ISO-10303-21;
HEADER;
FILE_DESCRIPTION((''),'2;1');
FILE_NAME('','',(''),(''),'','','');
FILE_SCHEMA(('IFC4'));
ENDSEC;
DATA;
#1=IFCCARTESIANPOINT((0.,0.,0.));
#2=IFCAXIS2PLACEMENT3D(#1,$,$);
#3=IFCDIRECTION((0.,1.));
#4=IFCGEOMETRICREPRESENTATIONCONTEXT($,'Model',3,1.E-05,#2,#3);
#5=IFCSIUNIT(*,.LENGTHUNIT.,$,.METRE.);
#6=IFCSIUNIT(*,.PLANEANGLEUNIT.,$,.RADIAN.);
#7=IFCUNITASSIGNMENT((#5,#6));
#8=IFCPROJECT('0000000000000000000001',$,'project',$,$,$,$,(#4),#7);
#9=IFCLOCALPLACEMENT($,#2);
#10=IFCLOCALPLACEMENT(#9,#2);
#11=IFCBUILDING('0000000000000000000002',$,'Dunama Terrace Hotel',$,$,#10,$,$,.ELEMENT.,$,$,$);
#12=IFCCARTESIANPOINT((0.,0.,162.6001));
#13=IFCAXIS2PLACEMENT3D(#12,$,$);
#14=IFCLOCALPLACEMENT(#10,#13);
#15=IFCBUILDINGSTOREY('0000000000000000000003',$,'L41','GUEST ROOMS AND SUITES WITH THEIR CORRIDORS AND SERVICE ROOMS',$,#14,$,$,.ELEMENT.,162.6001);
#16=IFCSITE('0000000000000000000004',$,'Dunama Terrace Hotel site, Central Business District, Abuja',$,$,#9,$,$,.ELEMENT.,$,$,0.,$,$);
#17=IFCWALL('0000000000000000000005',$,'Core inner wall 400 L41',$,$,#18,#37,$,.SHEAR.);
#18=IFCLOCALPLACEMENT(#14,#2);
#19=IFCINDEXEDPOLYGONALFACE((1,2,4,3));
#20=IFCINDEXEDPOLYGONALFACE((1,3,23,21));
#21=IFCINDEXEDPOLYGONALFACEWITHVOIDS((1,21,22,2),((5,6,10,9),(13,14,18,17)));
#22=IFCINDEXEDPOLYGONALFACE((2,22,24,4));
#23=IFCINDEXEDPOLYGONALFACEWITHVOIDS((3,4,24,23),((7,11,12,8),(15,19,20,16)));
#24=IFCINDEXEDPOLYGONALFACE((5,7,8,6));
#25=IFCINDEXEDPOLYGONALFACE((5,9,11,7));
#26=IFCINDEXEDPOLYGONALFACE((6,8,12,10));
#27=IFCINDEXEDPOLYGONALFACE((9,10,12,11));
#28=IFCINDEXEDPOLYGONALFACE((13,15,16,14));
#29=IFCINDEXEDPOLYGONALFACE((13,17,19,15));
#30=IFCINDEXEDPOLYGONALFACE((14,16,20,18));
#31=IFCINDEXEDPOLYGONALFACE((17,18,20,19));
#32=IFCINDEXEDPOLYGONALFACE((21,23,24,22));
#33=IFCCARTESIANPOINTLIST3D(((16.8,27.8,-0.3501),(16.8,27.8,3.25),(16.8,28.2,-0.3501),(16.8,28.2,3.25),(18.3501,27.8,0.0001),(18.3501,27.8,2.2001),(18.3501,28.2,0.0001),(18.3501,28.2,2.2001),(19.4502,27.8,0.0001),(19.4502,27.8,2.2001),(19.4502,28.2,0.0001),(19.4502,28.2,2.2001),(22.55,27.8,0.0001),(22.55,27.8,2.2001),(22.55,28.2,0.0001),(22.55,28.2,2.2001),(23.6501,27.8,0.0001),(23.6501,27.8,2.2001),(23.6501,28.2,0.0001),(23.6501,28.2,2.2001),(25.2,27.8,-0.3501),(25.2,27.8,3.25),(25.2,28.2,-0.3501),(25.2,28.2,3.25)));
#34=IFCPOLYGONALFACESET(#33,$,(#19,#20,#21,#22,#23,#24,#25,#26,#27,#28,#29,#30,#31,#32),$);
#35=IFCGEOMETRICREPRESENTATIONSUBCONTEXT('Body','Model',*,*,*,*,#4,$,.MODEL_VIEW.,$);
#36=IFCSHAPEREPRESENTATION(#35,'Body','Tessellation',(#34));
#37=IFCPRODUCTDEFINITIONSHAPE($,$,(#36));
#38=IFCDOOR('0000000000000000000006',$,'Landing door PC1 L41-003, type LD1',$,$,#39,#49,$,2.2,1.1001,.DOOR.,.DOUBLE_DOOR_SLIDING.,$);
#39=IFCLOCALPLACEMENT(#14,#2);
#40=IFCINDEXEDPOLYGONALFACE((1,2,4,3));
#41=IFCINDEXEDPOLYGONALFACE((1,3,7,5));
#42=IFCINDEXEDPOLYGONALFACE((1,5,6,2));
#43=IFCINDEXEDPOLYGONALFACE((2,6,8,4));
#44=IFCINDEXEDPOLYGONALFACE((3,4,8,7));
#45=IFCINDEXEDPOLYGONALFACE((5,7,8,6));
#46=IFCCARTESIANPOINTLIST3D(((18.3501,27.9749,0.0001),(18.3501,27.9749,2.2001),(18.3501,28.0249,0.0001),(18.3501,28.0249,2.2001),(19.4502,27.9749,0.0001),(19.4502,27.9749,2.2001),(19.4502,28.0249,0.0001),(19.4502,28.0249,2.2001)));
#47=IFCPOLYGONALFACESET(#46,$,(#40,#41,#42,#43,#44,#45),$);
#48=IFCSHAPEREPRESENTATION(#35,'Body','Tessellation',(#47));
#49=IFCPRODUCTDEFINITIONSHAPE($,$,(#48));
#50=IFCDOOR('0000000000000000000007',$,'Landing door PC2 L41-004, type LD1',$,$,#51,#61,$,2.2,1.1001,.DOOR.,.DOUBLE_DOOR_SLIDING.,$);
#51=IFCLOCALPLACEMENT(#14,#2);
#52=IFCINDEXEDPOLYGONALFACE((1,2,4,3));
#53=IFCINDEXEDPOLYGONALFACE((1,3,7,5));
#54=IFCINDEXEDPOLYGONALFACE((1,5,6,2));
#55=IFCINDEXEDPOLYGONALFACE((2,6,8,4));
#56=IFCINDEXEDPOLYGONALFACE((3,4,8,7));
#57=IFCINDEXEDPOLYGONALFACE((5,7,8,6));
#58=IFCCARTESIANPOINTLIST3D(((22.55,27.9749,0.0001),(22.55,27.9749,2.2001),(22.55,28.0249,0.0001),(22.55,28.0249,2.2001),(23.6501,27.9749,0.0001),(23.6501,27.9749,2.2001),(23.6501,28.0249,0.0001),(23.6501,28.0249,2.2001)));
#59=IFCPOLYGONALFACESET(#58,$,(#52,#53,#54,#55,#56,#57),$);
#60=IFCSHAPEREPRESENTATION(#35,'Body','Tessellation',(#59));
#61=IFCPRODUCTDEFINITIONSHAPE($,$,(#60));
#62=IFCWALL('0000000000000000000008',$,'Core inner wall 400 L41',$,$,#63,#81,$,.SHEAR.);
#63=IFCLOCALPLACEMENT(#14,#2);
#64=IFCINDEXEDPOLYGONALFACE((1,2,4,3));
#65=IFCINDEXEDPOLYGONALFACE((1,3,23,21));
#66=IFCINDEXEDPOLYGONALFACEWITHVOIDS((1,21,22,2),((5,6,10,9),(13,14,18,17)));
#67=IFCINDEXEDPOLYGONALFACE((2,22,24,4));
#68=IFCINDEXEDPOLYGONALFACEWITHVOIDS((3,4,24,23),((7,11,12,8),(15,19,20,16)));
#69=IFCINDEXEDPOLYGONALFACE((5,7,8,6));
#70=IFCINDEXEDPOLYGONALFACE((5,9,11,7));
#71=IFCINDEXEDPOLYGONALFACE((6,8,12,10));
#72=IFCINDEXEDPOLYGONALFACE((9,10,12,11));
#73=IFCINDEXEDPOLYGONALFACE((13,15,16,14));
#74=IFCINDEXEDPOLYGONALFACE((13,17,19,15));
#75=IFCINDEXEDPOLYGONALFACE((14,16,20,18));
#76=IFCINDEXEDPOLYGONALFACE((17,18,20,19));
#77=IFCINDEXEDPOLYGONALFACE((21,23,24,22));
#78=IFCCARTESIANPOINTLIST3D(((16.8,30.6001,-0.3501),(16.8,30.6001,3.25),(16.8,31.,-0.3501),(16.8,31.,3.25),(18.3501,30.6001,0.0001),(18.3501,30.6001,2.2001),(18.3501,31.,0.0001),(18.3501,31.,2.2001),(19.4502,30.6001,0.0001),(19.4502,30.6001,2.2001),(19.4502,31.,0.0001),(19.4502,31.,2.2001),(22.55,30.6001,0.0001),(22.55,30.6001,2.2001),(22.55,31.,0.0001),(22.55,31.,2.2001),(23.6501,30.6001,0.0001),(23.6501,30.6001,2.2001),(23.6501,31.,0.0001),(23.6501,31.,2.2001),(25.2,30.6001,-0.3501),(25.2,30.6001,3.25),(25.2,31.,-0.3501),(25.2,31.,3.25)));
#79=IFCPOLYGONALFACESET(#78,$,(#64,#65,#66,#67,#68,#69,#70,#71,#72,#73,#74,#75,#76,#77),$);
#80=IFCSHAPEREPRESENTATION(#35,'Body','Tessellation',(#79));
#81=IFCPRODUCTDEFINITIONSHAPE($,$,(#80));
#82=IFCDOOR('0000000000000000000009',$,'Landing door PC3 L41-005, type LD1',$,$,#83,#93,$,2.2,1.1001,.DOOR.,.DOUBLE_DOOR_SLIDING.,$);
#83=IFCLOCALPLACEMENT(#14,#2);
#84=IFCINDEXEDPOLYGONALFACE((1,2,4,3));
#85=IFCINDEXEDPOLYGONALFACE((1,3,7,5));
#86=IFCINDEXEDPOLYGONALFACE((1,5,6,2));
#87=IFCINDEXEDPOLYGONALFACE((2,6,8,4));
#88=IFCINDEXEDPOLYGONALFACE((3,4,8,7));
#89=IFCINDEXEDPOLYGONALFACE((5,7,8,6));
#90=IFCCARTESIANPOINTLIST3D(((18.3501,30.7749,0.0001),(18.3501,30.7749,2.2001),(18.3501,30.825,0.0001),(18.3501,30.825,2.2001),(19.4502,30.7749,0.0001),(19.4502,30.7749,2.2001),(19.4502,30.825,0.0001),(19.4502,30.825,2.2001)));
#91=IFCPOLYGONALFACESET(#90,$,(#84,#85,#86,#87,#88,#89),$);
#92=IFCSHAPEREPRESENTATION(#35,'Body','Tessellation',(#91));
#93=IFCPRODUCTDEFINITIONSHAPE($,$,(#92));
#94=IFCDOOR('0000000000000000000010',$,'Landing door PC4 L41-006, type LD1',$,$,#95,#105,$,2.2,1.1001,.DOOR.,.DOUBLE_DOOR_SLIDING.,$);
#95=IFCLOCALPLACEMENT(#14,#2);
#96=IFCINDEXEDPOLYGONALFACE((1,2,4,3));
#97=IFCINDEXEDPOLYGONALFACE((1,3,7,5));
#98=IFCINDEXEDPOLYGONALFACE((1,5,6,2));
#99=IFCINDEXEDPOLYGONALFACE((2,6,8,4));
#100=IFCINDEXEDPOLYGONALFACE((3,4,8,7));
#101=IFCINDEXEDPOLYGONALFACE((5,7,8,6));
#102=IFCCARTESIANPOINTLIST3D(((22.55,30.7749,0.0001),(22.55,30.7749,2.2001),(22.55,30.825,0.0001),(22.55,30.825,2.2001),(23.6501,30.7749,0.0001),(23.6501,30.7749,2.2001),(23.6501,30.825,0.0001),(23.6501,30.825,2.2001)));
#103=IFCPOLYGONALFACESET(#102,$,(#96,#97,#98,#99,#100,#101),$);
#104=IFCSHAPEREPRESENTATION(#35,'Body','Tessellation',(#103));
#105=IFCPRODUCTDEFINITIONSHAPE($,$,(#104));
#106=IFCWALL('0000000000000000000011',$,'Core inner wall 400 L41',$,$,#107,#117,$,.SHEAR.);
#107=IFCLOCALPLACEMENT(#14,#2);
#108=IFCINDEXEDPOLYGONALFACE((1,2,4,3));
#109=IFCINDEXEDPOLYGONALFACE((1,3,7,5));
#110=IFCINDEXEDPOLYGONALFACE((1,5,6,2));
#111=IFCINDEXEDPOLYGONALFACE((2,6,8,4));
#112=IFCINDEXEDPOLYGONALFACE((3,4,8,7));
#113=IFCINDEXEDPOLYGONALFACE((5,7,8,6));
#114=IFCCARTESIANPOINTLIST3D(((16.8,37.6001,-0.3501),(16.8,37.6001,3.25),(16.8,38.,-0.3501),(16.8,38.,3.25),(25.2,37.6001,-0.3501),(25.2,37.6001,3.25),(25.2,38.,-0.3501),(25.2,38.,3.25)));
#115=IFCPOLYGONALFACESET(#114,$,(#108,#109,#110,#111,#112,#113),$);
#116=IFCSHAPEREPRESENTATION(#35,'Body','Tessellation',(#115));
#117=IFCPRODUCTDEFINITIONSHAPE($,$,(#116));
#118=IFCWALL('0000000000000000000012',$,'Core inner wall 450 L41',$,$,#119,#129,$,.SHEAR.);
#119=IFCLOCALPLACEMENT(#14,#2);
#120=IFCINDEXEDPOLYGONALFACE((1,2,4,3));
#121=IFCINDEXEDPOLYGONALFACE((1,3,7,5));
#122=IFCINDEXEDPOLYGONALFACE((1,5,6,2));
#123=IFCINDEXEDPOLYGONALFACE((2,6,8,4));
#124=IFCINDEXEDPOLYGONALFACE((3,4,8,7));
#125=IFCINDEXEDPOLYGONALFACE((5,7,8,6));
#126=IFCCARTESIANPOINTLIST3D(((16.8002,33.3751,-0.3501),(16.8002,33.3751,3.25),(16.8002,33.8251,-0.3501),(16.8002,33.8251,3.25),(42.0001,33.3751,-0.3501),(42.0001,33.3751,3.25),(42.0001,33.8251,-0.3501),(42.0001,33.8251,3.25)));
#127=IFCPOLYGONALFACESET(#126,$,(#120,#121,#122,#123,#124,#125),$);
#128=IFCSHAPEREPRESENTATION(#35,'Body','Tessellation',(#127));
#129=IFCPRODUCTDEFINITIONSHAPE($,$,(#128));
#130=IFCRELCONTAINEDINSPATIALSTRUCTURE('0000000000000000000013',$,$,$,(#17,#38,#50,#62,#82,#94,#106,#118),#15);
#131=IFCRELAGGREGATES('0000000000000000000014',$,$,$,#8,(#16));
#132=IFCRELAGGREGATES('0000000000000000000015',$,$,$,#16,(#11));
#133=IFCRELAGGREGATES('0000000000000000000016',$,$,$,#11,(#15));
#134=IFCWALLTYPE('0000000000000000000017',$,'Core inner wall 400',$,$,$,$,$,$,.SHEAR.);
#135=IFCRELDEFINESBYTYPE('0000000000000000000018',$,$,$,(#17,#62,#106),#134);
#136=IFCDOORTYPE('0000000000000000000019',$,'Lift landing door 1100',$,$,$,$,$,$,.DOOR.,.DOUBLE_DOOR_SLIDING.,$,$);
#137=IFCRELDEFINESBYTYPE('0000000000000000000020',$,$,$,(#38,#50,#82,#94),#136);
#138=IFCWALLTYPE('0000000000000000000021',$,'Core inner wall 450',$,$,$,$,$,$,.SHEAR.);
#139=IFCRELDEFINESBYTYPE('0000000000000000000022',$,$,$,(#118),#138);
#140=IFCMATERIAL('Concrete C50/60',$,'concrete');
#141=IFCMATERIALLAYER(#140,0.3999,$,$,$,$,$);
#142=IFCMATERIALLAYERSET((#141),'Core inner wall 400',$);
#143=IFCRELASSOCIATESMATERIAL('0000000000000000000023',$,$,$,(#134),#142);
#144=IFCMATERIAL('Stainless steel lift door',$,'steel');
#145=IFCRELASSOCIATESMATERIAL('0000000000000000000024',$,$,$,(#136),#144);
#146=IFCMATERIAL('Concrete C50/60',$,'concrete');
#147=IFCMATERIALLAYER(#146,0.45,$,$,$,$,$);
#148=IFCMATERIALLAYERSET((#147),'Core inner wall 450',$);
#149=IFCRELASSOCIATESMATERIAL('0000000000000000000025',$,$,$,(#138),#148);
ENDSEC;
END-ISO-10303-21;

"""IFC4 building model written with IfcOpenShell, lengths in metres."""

from ifc_helpers import new_model, si_unit, direction, frame, frame_2d, origin, place, context, subcontext, project, spatial, rectangle, extrude, material, layer, layer_set, type_object, element, fill, save


model = new_model("IFC4")

# Units and contexts
model_context = context("Model", 3, precision=1e-05, world=origin(), true_north=direction((0.0, 1.0)))
body_context = subcontext(model_context, "Body", "Model", "MODEL_VIEW")
ifc_project = project(units=[si_unit("LENGTHUNIT", "METRE"), si_unit("PLANEANGLEUNIT", "RADIAN")], contexts=[model_context])

# Site, building, storey
site_placement = place(None, origin())
site = spatial("IfcSite", under=ifc_project, at=site_placement, Name="Dunama Terrace Hotel site, Central Business District, Abuja", CompositionType="ELEMENT", RefElevation=0.0)
building_placement = place(site_placement, origin())
building = spatial("IfcBuilding", under=site, at=building_placement, Name="Dunama Terrace Hotel", CompositionType="ELEMENT")
storey_placement = place(building_placement, frame((0.0, 0.0, 162.6001)))
storey = spatial("IfcBuildingStorey", under=building, at=storey_placement, Name="L41", Description="GUEST ROOMS AND SUITES WITH THEIR CORRIDORS AND SERVICE ROOMS", CompositionType="ELEMENT", Elevation=162.6001)

# Shared definitions
ifc_material_1 = material(Name="Concrete C50/60", Category="concrete")
ifc_layer_1 = layer(ifc_material_1, 0.3999)
ifc_layer_set_1 = layer_set([ifc_layer_1], Name="Core inner wall 400")
wall_type_1 = type_object("IfcWallType", Name="Core inner wall 400", PredefinedType="SHEAR", material=ifc_layer_set_1)

# Walls, openings, doors
wall_1_placement = place(storey_placement, frame((16.8, 28.0, -0.3501), z_axis=(0.0, 0.0, 1.0), x_axis=(1.0, 0.0, 0.0)))
wall_1 = element("IfcWall", 1, at=wall_1_placement, inside=storey, type_object=wall_type_1, Name="Core inner wall 400 L41", PredefinedType="SHEAR", context=body_context, shape_type="SweptSolid", body=[
    extrude(rectangle(XDim=8.3999, YDim=0.3999, at=frame_2d((4.2, 0.0))), origin(), (0.0, 0.0, 1.0), 3.6001),
])
opening_1_placement = place(wall_1_placement, frame((1.55, 0.0, 0.3501)))
opening_1 = element("IfcOpeningElement", 2, at=opening_1_placement, cuts=wall_1, PredefinedType="OPENING", context=body_context, shape_type="SweptSolid", body=[
    extrude(rectangle(XDim=1.1001, YDim=2.2, at=frame_2d((0.55, 1.1001))), frame((0.0, 0.21, 0.0), z_axis=(0.0, -1.0, 0.0), x_axis=(1.0, 0.0, 0.0)), (0.0, 0.0, 1.0), 0.4199),
])
opening_2_placement = place(wall_1_placement, frame((5.75, 0.0, 0.3501)))
opening_2 = element("IfcOpeningElement", 3, at=opening_2_placement, cuts=wall_1, PredefinedType="OPENING", context=body_context, shape_type="SweptSolid", body=[
    extrude(rectangle(XDim=1.1001, YDim=2.2, at=frame_2d((0.55, 1.1001))), frame((0.0, 0.21, 0.0), z_axis=(0.0, -1.0, 0.0), x_axis=(1.0, 0.0, 0.0)), (0.0, 0.0, 1.0), 0.4199),
])
ifc_material_2 = material(Name="Stainless steel lift door", Category="steel")
door_type_1 = type_object("IfcDoorType", Name="Lift landing door 1100", OperationType="DOUBLE_DOOR_SLIDING", PredefinedType="DOOR", material=ifc_material_2)
door_1_placement = place(opening_1_placement, origin())
door_1 = element("IfcDoor", 4, at=door_1_placement, inside=storey, type_object=door_type_1, Name="Landing door PC1 L41-003, type LD1", OperationType="DOUBLE_DOOR_SLIDING", OverallHeight=2.2, OverallWidth=1.1001, PredefinedType="DOOR", context=body_context, shape_type="SweptSolid", body=[
    extrude(rectangle(XDim=1.1001, YDim=2.2, at=frame_2d((0.55, 1.1001))), frame((0.0, 0.0249, 0.0), z_axis=(0.0, -1.0, 0.0), x_axis=(1.0, 0.0, 0.0)), (0.0, 0.0, 1.0), 0.05),
])
fill(opening_1, door_1)
door_2_placement = place(opening_2_placement, origin())
door_2 = element("IfcDoor", 5, at=door_2_placement, inside=storey, type_object=door_type_1, Name="Landing door PC2 L41-004, type LD1", OperationType="DOUBLE_DOOR_SLIDING", OverallHeight=2.2, OverallWidth=1.1001, PredefinedType="DOOR", context=body_context, shape_type="SweptSolid", body=[
    extrude(rectangle(XDim=1.1001, YDim=2.2, at=frame_2d((0.55, 1.1001))), frame((0.0, 0.0249, 0.0), z_axis=(0.0, -1.0, 0.0), x_axis=(1.0, 0.0, 0.0)), (0.0, 0.0, 1.0), 0.05),
])
fill(opening_2, door_2)
wall_2_placement = place(storey_placement, frame((16.8, 30.8, -0.3501), z_axis=(0.0, 0.0, 1.0), x_axis=(1.0, 0.0, 0.0)))
wall_2 = element("IfcWall", 6, at=wall_2_placement, inside=storey, type_object=wall_type_1, Name="Core inner wall 400 L41", PredefinedType="SHEAR", context=body_context, shape_type="SweptSolid", body=[
    extrude(rectangle(XDim=8.3999, YDim=0.3999, at=frame_2d((4.2, 0.0))), origin(), (0.0, 0.0, 1.0), 3.6001),
])
opening_3_placement = place(wall_2_placement, frame((1.55, 0.0, 0.3501)))
opening_3 = element("IfcOpeningElement", 7, at=opening_3_placement, cuts=wall_2, PredefinedType="OPENING", context=body_context, shape_type="SweptSolid", body=[
    extrude(rectangle(XDim=1.1001, YDim=2.2, at=frame_2d((0.55, 1.1001))), frame((0.0, 0.21, 0.0), z_axis=(0.0, -1.0, 0.0), x_axis=(1.0, 0.0, 0.0)), (0.0, 0.0, 1.0), 0.4199),
])
opening_4_placement = place(wall_2_placement, frame((5.75, 0.0, 0.3501)))
opening_4 = element("IfcOpeningElement", 8, at=opening_4_placement, cuts=wall_2, PredefinedType="OPENING", context=body_context, shape_type="SweptSolid", body=[
    extrude(rectangle(XDim=1.1001, YDim=2.2, at=frame_2d((0.55, 1.1001))), frame((0.0, 0.21, 0.0), z_axis=(0.0, -1.0, 0.0), x_axis=(1.0, 0.0, 0.0)), (0.0, 0.0, 1.0), 0.4199),
])
door_3_placement = place(opening_3_placement, origin())
door_3 = element("IfcDoor", 9, at=door_3_placement, inside=storey, type_object=door_type_1, Name="Landing door PC3 L41-005, type LD1", OperationType="DOUBLE_DOOR_SLIDING", OverallHeight=2.2, OverallWidth=1.1001, PredefinedType="DOOR", context=body_context, shape_type="SweptSolid", body=[
    extrude(rectangle(XDim=1.1001, YDim=2.2, at=frame_2d((0.55, 1.1001))), frame((0.0, 0.0249, 0.0), z_axis=(0.0, -1.0, 0.0), x_axis=(1.0, 0.0, 0.0)), (0.0, 0.0, 1.0), 0.05),
])
fill(opening_3, door_3)
door_4_placement = place(opening_4_placement, origin())
door_4 = element("IfcDoor", 10, at=door_4_placement, inside=storey, type_object=door_type_1, Name="Landing door PC4 L41-006, type LD1", OperationType="DOUBLE_DOOR_SLIDING", OverallHeight=2.2, OverallWidth=1.1001, PredefinedType="DOOR", context=body_context, shape_type="SweptSolid", body=[
    extrude(rectangle(XDim=1.1001, YDim=2.2, at=frame_2d((0.55, 1.1001))), frame((0.0, 0.0249, 0.0), z_axis=(0.0, -1.0, 0.0), x_axis=(1.0, 0.0, 0.0)), (0.0, 0.0, 1.0), 0.05),
])
fill(opening_4, door_4)

# Walls
wall_3_placement = place(storey_placement, frame((16.8, 37.8, -0.3501), z_axis=(0.0, 0.0, 1.0), x_axis=(1.0, 0.0, 0.0)))
element("IfcWall", 11, at=wall_3_placement, inside=storey, type_object=wall_type_1, Name="Core inner wall 400 L41", PredefinedType="SHEAR", context=body_context, shape_type="SweptSolid", body=[
    extrude(rectangle(XDim=8.3999, YDim=0.3999, at=frame_2d((4.2, 0.0))), origin(), (0.0, 0.0, 1.0), 3.6001),
])
ifc_material_3 = material(Name="Concrete C50/60", Category="concrete")
ifc_layer_2 = layer(ifc_material_3, 0.45)
ifc_layer_set_2 = layer_set([ifc_layer_2], Name="Core inner wall 450")
wall_type_2 = type_object("IfcWallType", Name="Core inner wall 450", PredefinedType="SHEAR", material=ifc_layer_set_2)
wall_4_placement = place(storey_placement, frame((16.8, 33.6001, -0.3501), z_axis=(0.0, 0.0, 1.0), x_axis=(1.0, 0.0, 0.0)))
element("IfcWall", 12, at=wall_4_placement, inside=storey, type_object=wall_type_2, Name="Core inner wall 450 L41", PredefinedType="SHEAR", context=body_context, shape_type="SweptSolid", body=[
    extrude(rectangle(XDim=25.2, YDim=0.45, at=frame_2d((12.6001, 0.0))), origin(), (0.0, 0.0, 1.0), 3.6001),
])

save(model, "model.ifc")
